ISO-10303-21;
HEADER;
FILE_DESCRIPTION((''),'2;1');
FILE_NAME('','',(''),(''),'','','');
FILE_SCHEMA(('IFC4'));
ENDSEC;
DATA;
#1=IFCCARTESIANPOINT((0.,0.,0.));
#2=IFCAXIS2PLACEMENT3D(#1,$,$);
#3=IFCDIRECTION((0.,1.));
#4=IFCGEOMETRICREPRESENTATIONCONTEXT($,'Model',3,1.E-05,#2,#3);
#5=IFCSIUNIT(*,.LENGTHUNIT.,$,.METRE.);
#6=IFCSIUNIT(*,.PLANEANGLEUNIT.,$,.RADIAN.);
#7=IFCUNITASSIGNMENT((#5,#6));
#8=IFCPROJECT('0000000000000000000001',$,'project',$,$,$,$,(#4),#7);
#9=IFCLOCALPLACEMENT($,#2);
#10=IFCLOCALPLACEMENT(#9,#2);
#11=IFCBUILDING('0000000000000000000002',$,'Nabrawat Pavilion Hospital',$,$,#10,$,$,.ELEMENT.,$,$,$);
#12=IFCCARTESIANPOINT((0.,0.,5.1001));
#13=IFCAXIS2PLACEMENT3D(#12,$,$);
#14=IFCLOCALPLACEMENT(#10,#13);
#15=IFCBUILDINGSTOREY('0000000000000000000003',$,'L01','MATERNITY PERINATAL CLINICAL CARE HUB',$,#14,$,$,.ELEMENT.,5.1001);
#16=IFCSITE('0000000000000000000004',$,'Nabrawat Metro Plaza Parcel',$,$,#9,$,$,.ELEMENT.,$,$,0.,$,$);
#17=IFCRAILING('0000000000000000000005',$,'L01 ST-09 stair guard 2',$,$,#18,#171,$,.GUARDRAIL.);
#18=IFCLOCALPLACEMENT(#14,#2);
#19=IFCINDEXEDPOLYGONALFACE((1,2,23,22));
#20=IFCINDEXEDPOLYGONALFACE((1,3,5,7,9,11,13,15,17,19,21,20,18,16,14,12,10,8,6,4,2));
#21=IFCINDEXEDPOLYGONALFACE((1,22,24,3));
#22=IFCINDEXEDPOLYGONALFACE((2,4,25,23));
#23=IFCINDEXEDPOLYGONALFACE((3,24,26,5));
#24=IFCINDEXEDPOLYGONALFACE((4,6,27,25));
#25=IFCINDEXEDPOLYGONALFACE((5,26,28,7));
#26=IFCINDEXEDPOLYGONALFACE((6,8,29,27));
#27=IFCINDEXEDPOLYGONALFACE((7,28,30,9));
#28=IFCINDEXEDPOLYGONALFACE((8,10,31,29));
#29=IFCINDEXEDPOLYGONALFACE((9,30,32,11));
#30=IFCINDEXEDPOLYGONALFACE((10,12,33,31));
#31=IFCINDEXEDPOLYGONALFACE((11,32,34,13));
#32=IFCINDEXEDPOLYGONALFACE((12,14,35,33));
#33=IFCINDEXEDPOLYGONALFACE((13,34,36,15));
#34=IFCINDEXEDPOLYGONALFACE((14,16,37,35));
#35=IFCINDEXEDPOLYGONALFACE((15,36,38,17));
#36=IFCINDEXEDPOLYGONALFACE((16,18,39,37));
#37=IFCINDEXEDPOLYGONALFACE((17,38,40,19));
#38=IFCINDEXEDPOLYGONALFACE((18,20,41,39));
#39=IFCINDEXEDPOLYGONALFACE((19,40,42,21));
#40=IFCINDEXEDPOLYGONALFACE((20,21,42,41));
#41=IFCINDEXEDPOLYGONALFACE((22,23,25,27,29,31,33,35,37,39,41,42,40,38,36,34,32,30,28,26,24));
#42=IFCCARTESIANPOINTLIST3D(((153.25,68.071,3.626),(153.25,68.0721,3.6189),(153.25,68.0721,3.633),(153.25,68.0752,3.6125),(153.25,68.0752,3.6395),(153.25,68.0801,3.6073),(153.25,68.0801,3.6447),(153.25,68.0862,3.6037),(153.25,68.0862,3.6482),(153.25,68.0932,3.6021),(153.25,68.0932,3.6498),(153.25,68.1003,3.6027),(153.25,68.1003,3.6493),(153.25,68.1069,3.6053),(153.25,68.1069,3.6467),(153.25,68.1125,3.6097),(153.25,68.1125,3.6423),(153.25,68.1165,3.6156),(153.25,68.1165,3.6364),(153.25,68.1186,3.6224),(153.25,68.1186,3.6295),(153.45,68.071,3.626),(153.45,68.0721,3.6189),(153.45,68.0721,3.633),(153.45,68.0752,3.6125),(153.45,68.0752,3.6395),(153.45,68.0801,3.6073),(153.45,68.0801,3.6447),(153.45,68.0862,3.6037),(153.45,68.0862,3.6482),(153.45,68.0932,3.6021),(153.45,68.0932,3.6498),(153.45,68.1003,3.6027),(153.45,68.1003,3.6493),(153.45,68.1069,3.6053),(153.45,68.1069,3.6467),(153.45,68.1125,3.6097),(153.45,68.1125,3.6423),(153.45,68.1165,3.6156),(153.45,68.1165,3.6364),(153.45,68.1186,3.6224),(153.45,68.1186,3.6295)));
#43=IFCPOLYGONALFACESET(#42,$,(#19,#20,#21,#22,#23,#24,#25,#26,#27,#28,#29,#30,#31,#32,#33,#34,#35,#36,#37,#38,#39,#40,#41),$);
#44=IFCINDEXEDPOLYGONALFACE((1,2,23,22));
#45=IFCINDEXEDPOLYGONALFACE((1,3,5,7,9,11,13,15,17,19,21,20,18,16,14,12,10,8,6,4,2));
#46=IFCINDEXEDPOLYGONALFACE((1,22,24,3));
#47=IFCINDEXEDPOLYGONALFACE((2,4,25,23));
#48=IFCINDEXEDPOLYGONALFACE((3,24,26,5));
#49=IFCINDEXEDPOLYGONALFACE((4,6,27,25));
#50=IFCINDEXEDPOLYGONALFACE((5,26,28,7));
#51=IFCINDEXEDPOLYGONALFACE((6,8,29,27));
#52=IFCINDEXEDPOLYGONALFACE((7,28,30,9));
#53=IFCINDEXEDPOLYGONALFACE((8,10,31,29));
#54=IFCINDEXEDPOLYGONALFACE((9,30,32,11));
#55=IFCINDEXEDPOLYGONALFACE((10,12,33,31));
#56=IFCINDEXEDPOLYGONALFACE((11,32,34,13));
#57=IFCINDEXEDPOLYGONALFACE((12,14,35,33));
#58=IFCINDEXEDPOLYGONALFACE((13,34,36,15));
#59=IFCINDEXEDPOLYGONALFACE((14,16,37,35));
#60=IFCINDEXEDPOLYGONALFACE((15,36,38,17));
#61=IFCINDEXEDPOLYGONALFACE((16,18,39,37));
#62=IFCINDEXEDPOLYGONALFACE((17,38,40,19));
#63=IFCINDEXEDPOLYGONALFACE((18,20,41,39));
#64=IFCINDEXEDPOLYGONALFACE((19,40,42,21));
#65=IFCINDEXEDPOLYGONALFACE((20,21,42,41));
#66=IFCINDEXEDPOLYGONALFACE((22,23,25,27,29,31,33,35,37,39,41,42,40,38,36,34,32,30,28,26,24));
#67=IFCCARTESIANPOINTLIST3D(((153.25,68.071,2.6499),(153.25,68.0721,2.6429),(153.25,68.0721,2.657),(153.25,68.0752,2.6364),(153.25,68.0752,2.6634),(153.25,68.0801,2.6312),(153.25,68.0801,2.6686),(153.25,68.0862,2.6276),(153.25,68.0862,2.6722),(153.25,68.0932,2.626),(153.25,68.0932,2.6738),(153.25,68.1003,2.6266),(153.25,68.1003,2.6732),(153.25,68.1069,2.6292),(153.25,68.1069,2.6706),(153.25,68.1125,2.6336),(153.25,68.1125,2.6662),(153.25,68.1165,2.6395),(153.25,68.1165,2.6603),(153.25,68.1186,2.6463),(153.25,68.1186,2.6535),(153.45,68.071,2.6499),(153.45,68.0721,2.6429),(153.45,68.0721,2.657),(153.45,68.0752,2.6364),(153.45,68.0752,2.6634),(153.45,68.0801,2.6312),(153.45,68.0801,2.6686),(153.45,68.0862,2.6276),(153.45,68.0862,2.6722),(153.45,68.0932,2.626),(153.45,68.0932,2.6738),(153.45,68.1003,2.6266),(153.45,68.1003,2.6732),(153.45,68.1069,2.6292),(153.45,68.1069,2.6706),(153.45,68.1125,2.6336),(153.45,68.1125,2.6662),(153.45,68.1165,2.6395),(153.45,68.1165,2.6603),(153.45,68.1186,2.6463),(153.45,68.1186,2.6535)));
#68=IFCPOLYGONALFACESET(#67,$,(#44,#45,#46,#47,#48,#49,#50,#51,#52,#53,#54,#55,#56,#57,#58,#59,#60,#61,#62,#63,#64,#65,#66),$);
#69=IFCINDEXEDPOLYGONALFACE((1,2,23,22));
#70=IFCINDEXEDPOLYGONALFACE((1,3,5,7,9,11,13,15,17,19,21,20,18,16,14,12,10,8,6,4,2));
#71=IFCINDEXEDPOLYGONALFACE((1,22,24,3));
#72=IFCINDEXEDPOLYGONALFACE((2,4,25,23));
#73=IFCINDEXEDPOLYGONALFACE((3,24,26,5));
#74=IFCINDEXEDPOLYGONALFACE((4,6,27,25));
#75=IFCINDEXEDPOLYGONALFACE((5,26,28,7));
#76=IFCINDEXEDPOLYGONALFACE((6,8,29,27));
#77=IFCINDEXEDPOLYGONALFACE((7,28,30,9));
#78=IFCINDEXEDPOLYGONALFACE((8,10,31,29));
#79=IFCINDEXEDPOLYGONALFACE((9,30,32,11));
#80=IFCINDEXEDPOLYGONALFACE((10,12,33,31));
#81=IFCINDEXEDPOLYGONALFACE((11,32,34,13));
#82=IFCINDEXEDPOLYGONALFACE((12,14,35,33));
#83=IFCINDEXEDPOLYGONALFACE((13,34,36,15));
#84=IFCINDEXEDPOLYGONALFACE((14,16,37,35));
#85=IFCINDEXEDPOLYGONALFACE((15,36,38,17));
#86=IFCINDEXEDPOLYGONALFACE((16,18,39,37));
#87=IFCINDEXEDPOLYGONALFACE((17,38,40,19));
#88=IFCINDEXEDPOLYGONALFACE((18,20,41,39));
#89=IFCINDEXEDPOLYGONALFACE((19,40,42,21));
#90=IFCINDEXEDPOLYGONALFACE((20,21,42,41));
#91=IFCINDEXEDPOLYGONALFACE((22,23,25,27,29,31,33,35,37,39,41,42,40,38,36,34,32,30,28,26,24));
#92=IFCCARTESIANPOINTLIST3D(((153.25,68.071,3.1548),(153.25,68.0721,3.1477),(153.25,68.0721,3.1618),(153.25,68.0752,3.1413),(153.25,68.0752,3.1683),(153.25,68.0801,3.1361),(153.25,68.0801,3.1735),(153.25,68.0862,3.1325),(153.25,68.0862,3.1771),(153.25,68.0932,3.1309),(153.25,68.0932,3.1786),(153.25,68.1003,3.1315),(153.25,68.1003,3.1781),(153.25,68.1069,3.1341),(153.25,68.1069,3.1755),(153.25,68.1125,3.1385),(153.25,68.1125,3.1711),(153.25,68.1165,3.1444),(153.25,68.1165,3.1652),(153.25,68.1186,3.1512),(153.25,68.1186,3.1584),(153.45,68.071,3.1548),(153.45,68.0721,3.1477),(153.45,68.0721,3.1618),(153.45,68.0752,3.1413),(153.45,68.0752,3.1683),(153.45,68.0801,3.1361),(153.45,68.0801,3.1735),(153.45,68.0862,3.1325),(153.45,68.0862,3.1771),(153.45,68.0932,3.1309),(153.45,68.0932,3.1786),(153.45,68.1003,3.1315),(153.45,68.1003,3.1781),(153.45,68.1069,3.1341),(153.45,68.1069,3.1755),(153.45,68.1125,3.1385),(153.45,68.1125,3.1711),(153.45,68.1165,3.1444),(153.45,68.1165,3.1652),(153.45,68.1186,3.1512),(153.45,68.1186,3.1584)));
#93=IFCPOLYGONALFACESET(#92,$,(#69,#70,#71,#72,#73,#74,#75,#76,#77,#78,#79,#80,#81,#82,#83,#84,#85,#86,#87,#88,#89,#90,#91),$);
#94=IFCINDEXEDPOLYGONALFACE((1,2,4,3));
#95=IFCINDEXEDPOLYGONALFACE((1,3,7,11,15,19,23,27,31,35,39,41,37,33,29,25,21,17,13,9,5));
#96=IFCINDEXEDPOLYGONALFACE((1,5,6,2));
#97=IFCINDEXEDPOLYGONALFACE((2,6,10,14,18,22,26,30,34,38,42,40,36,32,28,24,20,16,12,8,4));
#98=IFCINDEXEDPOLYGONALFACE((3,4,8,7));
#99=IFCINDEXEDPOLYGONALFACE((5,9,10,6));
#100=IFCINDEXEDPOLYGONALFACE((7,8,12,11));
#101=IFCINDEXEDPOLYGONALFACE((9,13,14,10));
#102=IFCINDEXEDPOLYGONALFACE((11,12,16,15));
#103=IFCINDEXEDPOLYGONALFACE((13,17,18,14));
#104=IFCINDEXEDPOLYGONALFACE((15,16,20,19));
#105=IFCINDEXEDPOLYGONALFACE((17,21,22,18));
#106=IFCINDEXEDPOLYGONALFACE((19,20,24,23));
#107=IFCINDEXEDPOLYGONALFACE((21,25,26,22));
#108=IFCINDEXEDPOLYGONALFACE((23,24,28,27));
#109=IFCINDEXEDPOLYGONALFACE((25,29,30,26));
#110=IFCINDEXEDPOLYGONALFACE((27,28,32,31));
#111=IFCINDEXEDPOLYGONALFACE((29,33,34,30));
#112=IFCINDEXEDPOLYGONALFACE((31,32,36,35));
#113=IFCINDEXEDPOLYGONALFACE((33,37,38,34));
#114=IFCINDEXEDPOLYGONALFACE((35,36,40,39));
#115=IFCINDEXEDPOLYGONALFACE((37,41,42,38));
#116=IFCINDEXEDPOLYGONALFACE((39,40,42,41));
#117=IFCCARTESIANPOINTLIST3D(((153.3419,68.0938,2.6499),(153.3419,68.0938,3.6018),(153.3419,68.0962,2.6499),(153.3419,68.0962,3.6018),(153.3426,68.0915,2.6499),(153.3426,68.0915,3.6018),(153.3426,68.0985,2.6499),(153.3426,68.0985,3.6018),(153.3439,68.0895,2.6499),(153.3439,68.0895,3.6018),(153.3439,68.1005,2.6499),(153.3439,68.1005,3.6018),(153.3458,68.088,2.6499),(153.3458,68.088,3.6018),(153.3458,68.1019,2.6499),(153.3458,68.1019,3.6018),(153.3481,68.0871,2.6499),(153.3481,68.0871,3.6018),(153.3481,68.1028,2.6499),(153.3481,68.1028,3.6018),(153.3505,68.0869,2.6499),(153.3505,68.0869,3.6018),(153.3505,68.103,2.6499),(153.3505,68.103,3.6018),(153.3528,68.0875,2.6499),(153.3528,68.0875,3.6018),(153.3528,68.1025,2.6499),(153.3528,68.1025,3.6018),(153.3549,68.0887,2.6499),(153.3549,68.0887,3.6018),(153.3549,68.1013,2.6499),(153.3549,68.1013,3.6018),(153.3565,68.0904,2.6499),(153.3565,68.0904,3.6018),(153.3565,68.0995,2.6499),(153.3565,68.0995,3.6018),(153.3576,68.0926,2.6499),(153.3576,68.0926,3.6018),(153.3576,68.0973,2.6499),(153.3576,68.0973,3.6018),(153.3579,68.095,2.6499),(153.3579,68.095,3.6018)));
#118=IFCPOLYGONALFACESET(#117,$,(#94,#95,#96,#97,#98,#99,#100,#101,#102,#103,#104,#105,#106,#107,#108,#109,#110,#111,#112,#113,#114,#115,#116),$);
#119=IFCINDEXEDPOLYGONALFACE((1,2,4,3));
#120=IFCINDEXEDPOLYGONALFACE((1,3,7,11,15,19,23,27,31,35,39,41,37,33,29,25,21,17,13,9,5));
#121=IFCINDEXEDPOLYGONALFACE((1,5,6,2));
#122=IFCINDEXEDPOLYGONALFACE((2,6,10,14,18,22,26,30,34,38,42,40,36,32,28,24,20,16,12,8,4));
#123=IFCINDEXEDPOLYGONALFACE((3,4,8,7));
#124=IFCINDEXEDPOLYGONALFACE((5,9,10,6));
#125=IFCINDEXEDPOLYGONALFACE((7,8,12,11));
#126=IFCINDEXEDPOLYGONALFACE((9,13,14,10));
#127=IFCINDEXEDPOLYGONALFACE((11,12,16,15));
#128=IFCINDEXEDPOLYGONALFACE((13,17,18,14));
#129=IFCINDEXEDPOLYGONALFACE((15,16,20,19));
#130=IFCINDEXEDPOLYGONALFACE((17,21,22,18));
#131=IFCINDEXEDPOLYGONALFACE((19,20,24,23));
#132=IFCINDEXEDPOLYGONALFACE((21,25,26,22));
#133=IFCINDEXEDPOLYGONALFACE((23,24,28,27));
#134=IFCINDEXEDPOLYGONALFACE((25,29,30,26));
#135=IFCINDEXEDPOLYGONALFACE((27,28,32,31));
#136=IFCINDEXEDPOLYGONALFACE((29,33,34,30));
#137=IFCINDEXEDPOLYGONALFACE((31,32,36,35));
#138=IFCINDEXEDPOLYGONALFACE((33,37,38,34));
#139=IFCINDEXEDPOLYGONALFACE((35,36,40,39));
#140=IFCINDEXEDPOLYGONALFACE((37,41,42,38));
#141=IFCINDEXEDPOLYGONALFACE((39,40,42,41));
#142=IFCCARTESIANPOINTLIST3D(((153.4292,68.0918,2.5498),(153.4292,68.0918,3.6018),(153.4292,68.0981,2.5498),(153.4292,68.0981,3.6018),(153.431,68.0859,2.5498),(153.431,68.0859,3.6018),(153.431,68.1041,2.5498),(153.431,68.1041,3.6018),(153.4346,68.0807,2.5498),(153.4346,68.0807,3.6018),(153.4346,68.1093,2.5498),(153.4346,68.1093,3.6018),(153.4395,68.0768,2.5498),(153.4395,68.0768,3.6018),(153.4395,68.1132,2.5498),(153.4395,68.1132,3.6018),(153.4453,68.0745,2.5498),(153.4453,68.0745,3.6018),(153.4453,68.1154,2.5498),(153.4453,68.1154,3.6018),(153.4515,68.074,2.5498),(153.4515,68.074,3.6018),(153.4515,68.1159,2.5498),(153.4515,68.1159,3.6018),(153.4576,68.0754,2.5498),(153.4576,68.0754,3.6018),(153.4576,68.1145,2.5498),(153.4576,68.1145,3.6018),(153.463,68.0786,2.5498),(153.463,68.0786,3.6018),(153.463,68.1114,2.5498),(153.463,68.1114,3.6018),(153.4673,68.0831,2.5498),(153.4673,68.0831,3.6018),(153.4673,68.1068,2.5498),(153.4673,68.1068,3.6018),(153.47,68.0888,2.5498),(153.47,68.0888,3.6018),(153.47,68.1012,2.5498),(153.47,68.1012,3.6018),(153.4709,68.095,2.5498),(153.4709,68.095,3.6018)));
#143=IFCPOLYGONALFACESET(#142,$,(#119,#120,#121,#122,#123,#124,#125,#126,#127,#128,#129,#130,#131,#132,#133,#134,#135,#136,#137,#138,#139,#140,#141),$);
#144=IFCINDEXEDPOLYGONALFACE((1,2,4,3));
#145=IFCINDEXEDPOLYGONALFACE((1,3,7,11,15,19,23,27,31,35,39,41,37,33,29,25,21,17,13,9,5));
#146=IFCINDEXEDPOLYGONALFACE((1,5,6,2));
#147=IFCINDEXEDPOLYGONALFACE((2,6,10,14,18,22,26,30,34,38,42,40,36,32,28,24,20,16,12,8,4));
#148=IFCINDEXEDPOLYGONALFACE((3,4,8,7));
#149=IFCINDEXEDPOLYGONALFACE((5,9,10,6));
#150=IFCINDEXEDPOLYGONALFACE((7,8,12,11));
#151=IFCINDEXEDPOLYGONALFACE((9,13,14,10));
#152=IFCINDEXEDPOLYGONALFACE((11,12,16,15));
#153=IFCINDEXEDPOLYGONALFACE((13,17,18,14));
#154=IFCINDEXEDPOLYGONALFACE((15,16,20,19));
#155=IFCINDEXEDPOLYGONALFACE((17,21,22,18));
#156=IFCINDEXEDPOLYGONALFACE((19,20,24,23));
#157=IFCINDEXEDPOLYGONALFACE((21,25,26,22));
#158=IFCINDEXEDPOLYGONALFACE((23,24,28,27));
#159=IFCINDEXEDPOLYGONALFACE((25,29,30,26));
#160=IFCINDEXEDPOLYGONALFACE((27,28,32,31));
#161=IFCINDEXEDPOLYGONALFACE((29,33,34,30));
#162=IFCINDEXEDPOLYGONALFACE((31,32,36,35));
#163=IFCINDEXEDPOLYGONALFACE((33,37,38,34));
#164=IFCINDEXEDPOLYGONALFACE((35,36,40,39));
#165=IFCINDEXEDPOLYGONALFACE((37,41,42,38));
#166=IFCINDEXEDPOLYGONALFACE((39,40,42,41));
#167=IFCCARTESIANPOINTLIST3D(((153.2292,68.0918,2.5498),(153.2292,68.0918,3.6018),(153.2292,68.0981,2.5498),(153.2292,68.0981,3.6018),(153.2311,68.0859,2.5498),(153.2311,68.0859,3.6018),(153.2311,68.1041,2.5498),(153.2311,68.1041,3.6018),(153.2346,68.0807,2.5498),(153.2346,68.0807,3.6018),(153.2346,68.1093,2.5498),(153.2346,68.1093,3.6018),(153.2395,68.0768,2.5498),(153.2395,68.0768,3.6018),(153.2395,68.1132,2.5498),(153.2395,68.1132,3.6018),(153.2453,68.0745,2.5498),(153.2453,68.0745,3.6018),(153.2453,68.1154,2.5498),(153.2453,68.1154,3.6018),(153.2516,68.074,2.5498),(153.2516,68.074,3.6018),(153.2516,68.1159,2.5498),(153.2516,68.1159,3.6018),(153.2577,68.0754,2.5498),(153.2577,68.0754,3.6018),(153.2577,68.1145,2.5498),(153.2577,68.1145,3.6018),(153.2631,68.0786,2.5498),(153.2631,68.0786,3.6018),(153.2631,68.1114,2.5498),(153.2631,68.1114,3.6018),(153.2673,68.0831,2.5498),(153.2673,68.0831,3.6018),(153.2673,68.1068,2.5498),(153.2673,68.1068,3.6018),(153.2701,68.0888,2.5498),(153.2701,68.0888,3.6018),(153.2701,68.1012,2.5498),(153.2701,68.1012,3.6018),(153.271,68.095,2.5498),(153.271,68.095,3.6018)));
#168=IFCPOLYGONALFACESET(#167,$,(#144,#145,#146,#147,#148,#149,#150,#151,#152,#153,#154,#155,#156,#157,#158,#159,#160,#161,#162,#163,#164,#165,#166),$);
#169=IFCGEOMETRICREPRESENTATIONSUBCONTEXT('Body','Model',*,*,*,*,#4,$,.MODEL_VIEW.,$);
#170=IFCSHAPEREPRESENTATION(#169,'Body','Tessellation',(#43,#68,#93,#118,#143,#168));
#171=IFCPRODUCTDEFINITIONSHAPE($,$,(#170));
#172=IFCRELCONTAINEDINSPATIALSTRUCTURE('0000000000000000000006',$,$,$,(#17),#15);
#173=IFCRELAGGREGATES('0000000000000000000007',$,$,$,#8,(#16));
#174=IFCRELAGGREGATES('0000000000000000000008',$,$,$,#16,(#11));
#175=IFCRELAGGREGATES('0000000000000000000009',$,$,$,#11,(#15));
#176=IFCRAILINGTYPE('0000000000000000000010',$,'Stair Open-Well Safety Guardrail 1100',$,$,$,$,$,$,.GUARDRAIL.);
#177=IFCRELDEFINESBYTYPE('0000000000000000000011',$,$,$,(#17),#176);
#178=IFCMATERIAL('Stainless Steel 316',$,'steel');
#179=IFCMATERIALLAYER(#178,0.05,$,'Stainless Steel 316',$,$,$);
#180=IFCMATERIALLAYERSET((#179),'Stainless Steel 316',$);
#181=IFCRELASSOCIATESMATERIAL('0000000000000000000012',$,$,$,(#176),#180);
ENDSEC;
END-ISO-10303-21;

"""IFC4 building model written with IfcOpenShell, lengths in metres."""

from ifc_helpers import new_model, si_unit, direction, frame, origin, origin_2d, place, context, subcontext, project, spatial, circle, extrude, material, layer, layer_set, type_object, element, save


model = new_model("IFC4")

# Units and contexts
model_context = context("Model", 3, precision=1e-05, world=origin(), true_north=direction((0.0, 1.0)))
body_context = subcontext(model_context, "Body", "Model", "MODEL_VIEW")
ifc_project = project(units=[si_unit("LENGTHUNIT", "METRE"), si_unit("PLANEANGLEUNIT", "RADIAN")], contexts=[model_context])

# Site, building, storey
site_placement = place(None, origin())
site = spatial("IfcSite", under=ifc_project, at=site_placement, Name="Nabrawat Metro Plaza Parcel", CompositionType="ELEMENT", RefElevation=0.0)
building_placement = place(site_placement, origin())
building = spatial("IfcBuilding", under=site, at=building_placement, Name="Nabrawat Pavilion Hospital", CompositionType="ELEMENT")
storey_placement = place(building_placement, frame((0.0, 0.0, 5.1001)))
storey = spatial("IfcBuildingStorey", under=building, at=storey_placement, Name="L01", Description="MATERNITY PERINATAL CLINICAL CARE HUB", CompositionType="ELEMENT", Elevation=5.1001)

# Railing
ifc_material_1 = material(Name="Stainless Steel 316", Category="steel")
ifc_layer_1 = layer(ifc_material_1, 0.05, Name="Stainless Steel 316")
ifc_layer_set_1 = layer_set([ifc_layer_1], Name="Stainless Steel 316")
railing_type_1 = type_object("IfcRailingType", Name="Stair Open-Well Safety Guardrail 1100", PredefinedType="GUARDRAIL", material=ifc_layer_set_1)
railing_1_placement = place(storey_placement, frame((153.45, 68.095, 2.5498)))
element("IfcRailing", 1, at=railing_1_placement, inside=storey, type_object=railing_type_1, Name="L01 ST-09 stair guard 2", PredefinedType="GUARDRAIL", context=body_context, shape_type="SweptSolid", body=[
    extrude(circle(Radius=0.0239, at=origin_2d()), frame((0.0, 0.0, 1.0762), z_axis=(-1.0, 0.0, 0.0), x_axis=(0.0, -1.0, 0.0)), (0.0, 0.0, 1.0), 0.2),
    extrude(circle(Radius=0.0239, at=origin_2d()), frame((0.0, 0.0, 0.1001), z_axis=(-1.0, 0.0, 0.0), x_axis=(0.0, -1.0, 0.0)), (0.0, 0.0, 1.0), 0.2),
    extrude(circle(Radius=0.0239, at=origin_2d()), frame((0.0, 0.0, 0.605), z_axis=(-1.0, 0.0, 0.0), x_axis=(0.0, -1.0, 0.0)), (0.0, 0.0, 1.0), 0.2),
    extrude(circle(Radius=0.0081, at=origin_2d()), frame((-0.1001, 0.0, 0.1001)), (0.0, 0.0, 1.0), 0.9519),
    extrude(circle(Radius=0.021, at=origin_2d()), origin(), (0.0, 0.0, 1.0), 1.052),
    extrude(circle(Radius=0.021, at=origin_2d()), frame((-0.2, 0.0, 0.0)), (0.0, 0.0, 1.0), 1.052),
])

save(model, "model.ifc")
